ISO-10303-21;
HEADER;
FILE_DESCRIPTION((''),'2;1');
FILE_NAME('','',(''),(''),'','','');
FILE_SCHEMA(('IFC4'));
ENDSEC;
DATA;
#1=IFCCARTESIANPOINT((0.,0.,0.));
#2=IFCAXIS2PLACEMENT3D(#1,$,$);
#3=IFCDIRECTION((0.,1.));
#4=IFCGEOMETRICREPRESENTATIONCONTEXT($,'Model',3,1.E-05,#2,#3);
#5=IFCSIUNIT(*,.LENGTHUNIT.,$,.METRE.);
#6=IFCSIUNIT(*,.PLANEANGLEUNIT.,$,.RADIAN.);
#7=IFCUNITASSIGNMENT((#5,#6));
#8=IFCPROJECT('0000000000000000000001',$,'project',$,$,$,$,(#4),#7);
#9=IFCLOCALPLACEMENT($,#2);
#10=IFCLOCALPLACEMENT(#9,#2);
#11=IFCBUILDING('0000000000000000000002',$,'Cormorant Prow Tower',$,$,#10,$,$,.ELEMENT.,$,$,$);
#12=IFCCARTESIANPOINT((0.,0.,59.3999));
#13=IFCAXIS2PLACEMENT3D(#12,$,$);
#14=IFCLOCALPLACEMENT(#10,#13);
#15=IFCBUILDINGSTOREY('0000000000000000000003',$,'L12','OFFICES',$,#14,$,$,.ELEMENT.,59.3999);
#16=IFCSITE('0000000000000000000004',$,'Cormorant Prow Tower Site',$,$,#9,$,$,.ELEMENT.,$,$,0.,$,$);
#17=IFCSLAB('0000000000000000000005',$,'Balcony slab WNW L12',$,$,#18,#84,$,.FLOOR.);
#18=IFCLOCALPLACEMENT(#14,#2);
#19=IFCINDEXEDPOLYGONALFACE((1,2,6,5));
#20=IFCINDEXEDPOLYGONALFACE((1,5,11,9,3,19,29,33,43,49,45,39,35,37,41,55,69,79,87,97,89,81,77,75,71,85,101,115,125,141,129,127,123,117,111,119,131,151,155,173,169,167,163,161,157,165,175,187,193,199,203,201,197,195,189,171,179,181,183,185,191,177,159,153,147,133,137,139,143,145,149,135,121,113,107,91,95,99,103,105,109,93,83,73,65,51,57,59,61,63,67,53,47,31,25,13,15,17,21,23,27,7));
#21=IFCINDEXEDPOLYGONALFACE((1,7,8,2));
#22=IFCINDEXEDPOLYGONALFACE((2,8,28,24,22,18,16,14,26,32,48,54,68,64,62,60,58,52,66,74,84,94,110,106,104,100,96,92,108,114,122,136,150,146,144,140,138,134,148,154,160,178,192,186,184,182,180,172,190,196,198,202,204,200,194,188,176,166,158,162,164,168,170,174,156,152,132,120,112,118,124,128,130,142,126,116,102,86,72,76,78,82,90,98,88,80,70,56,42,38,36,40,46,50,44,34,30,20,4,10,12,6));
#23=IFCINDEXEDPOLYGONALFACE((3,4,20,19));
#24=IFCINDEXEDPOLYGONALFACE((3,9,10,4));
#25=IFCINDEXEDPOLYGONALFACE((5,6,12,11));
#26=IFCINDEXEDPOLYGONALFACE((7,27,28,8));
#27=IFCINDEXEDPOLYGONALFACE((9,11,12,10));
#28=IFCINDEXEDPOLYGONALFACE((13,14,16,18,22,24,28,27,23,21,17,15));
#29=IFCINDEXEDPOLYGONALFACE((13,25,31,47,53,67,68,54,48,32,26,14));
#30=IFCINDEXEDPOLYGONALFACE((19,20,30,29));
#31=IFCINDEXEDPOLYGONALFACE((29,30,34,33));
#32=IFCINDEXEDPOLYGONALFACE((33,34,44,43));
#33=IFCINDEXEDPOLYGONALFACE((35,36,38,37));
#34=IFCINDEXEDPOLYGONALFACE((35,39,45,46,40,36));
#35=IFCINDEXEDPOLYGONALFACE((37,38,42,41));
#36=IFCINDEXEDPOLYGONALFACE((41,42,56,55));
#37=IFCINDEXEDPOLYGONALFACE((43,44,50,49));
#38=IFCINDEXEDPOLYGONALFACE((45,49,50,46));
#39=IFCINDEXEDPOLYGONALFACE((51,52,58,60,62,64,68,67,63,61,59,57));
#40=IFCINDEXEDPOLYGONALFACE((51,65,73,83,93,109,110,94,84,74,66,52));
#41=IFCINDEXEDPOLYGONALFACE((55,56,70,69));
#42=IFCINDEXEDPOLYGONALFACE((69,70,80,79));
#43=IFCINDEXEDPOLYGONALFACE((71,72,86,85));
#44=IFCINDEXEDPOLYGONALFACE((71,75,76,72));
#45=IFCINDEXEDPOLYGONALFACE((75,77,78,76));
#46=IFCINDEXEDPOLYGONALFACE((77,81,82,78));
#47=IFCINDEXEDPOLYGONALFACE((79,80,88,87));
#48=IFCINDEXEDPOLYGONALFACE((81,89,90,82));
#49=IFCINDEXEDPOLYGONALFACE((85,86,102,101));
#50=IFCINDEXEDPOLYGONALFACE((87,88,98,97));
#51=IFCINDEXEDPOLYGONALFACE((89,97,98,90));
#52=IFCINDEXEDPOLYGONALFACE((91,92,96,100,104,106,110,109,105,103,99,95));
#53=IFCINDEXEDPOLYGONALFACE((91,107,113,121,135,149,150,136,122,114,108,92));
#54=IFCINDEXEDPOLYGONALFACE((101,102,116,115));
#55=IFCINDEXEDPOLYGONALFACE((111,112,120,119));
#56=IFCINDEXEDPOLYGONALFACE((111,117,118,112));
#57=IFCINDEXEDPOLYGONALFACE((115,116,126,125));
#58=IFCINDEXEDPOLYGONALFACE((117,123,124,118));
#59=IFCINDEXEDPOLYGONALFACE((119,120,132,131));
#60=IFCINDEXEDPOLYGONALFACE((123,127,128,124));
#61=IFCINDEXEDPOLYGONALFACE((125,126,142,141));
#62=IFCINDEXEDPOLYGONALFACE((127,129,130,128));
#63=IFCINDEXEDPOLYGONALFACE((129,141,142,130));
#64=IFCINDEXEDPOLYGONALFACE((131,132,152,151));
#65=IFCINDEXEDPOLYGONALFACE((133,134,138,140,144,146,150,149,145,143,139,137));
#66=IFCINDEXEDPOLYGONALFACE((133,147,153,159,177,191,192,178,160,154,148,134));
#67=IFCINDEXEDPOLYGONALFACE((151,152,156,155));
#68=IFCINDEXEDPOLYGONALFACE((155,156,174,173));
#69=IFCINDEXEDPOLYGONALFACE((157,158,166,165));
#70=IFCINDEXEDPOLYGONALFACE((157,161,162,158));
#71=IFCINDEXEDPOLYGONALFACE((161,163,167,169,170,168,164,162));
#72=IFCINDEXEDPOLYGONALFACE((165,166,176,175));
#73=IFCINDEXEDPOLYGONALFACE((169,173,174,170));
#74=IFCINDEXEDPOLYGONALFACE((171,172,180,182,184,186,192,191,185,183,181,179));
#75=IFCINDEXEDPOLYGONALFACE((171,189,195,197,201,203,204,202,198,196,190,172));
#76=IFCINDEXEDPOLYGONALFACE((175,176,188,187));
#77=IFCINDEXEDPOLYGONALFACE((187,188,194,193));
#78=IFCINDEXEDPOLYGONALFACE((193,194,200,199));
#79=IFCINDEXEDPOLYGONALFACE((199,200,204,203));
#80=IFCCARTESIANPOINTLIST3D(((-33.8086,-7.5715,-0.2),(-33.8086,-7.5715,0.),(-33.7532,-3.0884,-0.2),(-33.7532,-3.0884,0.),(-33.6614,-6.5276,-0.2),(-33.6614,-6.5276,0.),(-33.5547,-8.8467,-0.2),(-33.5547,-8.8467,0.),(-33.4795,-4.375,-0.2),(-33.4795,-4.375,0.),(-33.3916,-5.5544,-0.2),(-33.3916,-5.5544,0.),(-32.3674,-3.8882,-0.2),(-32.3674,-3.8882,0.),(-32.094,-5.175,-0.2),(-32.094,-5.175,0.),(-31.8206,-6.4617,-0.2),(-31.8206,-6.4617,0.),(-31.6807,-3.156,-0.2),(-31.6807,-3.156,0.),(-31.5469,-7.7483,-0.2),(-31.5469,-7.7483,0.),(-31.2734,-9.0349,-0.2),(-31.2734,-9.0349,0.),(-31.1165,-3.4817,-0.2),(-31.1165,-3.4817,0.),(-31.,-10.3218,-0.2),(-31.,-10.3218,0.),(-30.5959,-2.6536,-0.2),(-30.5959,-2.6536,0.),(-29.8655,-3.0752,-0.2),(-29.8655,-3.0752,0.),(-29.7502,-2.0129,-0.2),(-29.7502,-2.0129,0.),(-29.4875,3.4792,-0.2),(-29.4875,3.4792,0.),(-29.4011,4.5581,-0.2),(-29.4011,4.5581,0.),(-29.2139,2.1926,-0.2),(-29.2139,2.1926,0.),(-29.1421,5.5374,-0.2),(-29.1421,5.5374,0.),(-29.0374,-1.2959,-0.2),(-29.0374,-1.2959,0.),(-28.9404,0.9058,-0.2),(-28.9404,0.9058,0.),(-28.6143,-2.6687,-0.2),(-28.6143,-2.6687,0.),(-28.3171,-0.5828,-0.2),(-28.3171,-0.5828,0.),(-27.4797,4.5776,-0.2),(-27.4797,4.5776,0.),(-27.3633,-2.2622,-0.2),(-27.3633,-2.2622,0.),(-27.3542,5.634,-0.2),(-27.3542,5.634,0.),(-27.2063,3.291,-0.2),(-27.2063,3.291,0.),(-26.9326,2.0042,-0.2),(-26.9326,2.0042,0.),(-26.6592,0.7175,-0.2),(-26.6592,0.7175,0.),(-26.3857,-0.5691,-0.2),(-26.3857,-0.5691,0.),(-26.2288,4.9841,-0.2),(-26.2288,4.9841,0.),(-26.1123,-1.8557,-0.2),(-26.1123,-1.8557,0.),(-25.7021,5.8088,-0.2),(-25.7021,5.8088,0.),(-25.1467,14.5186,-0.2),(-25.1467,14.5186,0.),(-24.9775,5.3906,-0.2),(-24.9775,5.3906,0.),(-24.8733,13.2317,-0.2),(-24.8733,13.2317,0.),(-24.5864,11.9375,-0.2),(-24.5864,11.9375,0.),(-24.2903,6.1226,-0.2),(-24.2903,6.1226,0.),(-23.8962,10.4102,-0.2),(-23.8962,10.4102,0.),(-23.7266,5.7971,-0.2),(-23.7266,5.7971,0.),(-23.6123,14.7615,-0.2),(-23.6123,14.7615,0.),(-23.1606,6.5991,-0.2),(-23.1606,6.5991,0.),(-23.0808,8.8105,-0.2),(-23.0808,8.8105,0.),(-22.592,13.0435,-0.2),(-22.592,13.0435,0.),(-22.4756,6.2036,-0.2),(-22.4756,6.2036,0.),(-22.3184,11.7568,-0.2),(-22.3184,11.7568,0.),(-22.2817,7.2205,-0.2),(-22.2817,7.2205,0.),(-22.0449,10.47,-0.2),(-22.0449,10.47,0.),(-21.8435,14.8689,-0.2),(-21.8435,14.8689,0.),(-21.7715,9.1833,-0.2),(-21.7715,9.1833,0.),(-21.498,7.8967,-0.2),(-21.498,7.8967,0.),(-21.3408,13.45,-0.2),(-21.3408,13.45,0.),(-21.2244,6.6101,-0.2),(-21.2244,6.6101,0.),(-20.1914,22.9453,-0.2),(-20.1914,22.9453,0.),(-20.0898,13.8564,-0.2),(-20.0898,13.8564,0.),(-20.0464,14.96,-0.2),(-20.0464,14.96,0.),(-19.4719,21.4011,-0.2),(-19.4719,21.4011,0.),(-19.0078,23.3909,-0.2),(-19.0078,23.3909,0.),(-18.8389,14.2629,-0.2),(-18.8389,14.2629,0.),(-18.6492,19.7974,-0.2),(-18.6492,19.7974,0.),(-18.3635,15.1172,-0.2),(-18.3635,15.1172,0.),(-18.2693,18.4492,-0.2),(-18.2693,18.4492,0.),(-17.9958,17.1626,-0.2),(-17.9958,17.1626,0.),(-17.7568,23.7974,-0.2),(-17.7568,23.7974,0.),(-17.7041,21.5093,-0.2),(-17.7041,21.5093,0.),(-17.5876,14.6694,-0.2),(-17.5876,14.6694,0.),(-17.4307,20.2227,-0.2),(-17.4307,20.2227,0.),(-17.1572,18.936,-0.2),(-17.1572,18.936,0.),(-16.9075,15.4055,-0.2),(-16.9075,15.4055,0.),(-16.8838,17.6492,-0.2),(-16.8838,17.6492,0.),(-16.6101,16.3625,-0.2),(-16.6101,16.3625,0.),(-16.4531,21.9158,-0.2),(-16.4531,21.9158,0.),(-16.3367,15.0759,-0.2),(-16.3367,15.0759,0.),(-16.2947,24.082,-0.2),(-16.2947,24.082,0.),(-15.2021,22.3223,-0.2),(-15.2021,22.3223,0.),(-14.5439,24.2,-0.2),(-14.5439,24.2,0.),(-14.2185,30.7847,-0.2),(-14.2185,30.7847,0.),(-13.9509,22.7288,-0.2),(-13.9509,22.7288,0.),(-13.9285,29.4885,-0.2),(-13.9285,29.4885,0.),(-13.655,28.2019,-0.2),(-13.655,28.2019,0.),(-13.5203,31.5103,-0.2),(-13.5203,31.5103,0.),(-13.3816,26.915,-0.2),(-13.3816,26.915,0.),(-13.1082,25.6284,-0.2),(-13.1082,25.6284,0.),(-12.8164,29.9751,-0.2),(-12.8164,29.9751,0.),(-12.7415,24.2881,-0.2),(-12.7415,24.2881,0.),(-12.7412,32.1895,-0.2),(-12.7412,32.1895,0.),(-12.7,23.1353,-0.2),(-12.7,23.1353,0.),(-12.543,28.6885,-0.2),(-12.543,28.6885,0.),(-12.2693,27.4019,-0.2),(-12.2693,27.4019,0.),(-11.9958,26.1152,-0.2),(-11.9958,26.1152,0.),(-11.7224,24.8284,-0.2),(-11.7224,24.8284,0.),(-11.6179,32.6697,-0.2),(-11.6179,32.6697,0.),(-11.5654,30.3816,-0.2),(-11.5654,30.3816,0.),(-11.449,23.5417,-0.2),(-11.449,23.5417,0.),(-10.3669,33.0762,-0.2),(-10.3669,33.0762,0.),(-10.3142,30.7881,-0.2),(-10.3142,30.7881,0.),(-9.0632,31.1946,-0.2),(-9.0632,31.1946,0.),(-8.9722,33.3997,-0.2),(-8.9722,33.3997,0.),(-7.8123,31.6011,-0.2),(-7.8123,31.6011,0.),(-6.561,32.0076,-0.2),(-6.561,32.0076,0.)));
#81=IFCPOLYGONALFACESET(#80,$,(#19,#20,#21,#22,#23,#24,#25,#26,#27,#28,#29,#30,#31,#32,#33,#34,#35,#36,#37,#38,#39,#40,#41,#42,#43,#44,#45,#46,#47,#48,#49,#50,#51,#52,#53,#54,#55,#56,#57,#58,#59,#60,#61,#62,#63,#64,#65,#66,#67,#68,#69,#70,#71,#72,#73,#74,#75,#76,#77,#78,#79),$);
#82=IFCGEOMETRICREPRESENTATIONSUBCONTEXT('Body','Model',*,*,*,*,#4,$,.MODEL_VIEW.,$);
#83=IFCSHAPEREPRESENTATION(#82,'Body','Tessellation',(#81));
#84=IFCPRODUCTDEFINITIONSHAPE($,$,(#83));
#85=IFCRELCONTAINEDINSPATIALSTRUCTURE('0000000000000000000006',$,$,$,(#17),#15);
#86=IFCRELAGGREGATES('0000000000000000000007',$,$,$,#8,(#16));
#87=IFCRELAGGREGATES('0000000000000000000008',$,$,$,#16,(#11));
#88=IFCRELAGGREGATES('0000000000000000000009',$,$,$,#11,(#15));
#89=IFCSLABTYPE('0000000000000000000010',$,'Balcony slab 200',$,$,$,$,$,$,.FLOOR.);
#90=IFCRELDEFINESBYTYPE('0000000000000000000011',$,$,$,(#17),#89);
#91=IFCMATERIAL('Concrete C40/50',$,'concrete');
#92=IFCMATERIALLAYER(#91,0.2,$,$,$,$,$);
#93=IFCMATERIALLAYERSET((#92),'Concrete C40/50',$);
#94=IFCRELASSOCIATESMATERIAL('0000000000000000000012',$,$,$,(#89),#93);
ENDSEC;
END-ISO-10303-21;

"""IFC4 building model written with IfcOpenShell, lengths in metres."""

from ifc_helpers import new_model, si_unit, direction, frame, origin, place, context, subcontext, project, spatial, polyline, outline, extrude, material, layer, layer_set, type_object, element, save


model = new_model("IFC4")

# Units and contexts
model_context = context("Model", 3, precision=1e-05, world=origin(), true_north=direction((0.0, 1.0)))
body_context = subcontext(model_context, "Body", "Model", "MODEL_VIEW")
ifc_project = project(units=[si_unit("LENGTHUNIT", "METRE"), si_unit("PLANEANGLEUNIT", "RADIAN")], contexts=[model_context])

# Site, building, storey
site_placement = place(None, origin())
site = spatial("IfcSite", under=ifc_project, at=site_placement, Name="Cormorant Prow Tower Site", CompositionType="ELEMENT", RefElevation=0.0)
building_placement = place(site_placement, origin())
building = spatial("IfcBuilding", under=site, at=building_placement, Name="Cormorant Prow Tower", CompositionType="ELEMENT")
storey_placement = place(building_placement, frame((0.0, 0.0, 59.3999)))
storey = spatial("IfcBuildingStorey", under=building, at=storey_placement, Name="L12", Description="OFFICES", CompositionType="ELEMENT", Elevation=59.3999)

# Slab
ifc_material_1 = material(Name="Concrete C40/50", Category="concrete")
ifc_layer_1 = layer(ifc_material_1, 0.2)
ifc_layer_set_1 = layer_set([ifc_layer_1], Name="Concrete C40/50")
slab_type_1 = type_object("IfcSlabType", Name="Balcony slab 200", PredefinedType="FLOOR", material=ifc_layer_set_1)
slab_1_placement = place(storey_placement, frame((0.0, 0.0, -0.2)))
element("IfcSlab", 1, at=slab_1_placement, inside=storey, type_object=slab_type_1, Name="Balcony slab WNW L12", PredefinedType="FLOOR", context=body_context, shape_type="SweptSolid", body=[
    extrude(outline(polyline([(-6.561, 32.0076), (-8.9722, 33.3997), (-10.3669, 33.0762), (-11.6179, 32.6697), (-12.7412, 32.1895), (-13.5203, 31.5103), (-14.2185, 30.7847), (-13.9285, 29.4885), (-13.655, 28.2019), (-13.3816, 26.915), (-13.1082, 25.6284), (-12.7415, 24.2881), (-14.5439, 24.2), (-16.2947, 24.082), (-17.7568, 23.7974), (-19.0078, 23.3909), (-20.1914, 22.9453), (-19.4719, 21.4011), (-18.6492, 19.7974), (-18.2693, 18.4492), (-17.9958, 17.1626), (-16.9075, 15.4055), (-18.3635, 15.1172), (-20.0464, 14.96), (-21.8435, 14.8689), (-23.6123, 14.7615), (-25.1467, 14.5186), (-24.8733, 13.2317), (-24.5864, 11.9375), (-23.8962, 10.4102), (-23.0808, 8.8105), (-22.2817, 7.2205), (-23.1606, 6.5991), (-24.2903, 6.1226), (-25.7021, 5.8088), (-27.3542, 5.634), (-29.1421, 5.5374), (-29.4011, 4.5581), (-29.4875, 3.4792), (-29.2139, 2.1926), (-28.9404, 0.9058), (-28.3171, -0.5828), (-29.0374, -1.2959), (-29.7502, -2.0129), (-30.5959, -2.6536), (-31.6807, -3.156), (-33.7532, -3.0884), (-33.4795, -4.375), (-33.3916, -5.5544), (-33.6614, -6.5276), (-33.8086, -7.5715), (-33.5547, -8.8467), (-31.0, -10.3218), (-31.2734, -9.0349), (-31.5469, -7.7483), (-31.8206, -6.4617), (-32.094, -5.175), (-32.3674, -3.8882), (-31.1165, -3.4817), (-29.8655, -3.0752), (-28.6143, -2.6687), (-27.3633, -2.2622), (-26.1123, -1.8557), (-26.3857, -0.5691), (-26.6592, 0.7175), (-26.9326, 2.0042), (-27.2063, 3.291), (-27.4797, 4.5776), (-26.2288, 4.9841), (-24.9775, 5.3906), (-23.7266, 5.7971), (-22.4756, 6.2036), (-21.2244, 6.6101), (-21.498, 7.8967), (-21.7715, 9.1833), (-22.0449, 10.47), (-22.3184, 11.7568), (-22.592, 13.0435), (-21.3408, 13.45), (-20.0898, 13.8564), (-18.8389, 14.2629), (-17.5876, 14.6694), (-16.3367, 15.0759), (-16.6101, 16.3625), (-16.8838, 17.6492), (-17.1572, 18.936), (-17.4307, 20.2227), (-17.7041, 21.5093), (-16.4531, 21.9158), (-15.2021, 22.3223), (-13.9509, 22.7288), (-12.7, 23.1353), (-11.449, 23.5417), (-11.7224, 24.8284), (-11.9958, 26.1152), (-12.2693, 27.4019), (-12.543, 28.6885), (-12.8164, 29.9751), (-11.5654, 30.3816), (-10.3142, 30.7881), (-9.0632, 31.1946), (-7.8123, 31.6011), (-6.561, 32.0076)])), origin(), (0.0, 0.0, 1.0), 0.2),
])

save(model, "model.ifc")
